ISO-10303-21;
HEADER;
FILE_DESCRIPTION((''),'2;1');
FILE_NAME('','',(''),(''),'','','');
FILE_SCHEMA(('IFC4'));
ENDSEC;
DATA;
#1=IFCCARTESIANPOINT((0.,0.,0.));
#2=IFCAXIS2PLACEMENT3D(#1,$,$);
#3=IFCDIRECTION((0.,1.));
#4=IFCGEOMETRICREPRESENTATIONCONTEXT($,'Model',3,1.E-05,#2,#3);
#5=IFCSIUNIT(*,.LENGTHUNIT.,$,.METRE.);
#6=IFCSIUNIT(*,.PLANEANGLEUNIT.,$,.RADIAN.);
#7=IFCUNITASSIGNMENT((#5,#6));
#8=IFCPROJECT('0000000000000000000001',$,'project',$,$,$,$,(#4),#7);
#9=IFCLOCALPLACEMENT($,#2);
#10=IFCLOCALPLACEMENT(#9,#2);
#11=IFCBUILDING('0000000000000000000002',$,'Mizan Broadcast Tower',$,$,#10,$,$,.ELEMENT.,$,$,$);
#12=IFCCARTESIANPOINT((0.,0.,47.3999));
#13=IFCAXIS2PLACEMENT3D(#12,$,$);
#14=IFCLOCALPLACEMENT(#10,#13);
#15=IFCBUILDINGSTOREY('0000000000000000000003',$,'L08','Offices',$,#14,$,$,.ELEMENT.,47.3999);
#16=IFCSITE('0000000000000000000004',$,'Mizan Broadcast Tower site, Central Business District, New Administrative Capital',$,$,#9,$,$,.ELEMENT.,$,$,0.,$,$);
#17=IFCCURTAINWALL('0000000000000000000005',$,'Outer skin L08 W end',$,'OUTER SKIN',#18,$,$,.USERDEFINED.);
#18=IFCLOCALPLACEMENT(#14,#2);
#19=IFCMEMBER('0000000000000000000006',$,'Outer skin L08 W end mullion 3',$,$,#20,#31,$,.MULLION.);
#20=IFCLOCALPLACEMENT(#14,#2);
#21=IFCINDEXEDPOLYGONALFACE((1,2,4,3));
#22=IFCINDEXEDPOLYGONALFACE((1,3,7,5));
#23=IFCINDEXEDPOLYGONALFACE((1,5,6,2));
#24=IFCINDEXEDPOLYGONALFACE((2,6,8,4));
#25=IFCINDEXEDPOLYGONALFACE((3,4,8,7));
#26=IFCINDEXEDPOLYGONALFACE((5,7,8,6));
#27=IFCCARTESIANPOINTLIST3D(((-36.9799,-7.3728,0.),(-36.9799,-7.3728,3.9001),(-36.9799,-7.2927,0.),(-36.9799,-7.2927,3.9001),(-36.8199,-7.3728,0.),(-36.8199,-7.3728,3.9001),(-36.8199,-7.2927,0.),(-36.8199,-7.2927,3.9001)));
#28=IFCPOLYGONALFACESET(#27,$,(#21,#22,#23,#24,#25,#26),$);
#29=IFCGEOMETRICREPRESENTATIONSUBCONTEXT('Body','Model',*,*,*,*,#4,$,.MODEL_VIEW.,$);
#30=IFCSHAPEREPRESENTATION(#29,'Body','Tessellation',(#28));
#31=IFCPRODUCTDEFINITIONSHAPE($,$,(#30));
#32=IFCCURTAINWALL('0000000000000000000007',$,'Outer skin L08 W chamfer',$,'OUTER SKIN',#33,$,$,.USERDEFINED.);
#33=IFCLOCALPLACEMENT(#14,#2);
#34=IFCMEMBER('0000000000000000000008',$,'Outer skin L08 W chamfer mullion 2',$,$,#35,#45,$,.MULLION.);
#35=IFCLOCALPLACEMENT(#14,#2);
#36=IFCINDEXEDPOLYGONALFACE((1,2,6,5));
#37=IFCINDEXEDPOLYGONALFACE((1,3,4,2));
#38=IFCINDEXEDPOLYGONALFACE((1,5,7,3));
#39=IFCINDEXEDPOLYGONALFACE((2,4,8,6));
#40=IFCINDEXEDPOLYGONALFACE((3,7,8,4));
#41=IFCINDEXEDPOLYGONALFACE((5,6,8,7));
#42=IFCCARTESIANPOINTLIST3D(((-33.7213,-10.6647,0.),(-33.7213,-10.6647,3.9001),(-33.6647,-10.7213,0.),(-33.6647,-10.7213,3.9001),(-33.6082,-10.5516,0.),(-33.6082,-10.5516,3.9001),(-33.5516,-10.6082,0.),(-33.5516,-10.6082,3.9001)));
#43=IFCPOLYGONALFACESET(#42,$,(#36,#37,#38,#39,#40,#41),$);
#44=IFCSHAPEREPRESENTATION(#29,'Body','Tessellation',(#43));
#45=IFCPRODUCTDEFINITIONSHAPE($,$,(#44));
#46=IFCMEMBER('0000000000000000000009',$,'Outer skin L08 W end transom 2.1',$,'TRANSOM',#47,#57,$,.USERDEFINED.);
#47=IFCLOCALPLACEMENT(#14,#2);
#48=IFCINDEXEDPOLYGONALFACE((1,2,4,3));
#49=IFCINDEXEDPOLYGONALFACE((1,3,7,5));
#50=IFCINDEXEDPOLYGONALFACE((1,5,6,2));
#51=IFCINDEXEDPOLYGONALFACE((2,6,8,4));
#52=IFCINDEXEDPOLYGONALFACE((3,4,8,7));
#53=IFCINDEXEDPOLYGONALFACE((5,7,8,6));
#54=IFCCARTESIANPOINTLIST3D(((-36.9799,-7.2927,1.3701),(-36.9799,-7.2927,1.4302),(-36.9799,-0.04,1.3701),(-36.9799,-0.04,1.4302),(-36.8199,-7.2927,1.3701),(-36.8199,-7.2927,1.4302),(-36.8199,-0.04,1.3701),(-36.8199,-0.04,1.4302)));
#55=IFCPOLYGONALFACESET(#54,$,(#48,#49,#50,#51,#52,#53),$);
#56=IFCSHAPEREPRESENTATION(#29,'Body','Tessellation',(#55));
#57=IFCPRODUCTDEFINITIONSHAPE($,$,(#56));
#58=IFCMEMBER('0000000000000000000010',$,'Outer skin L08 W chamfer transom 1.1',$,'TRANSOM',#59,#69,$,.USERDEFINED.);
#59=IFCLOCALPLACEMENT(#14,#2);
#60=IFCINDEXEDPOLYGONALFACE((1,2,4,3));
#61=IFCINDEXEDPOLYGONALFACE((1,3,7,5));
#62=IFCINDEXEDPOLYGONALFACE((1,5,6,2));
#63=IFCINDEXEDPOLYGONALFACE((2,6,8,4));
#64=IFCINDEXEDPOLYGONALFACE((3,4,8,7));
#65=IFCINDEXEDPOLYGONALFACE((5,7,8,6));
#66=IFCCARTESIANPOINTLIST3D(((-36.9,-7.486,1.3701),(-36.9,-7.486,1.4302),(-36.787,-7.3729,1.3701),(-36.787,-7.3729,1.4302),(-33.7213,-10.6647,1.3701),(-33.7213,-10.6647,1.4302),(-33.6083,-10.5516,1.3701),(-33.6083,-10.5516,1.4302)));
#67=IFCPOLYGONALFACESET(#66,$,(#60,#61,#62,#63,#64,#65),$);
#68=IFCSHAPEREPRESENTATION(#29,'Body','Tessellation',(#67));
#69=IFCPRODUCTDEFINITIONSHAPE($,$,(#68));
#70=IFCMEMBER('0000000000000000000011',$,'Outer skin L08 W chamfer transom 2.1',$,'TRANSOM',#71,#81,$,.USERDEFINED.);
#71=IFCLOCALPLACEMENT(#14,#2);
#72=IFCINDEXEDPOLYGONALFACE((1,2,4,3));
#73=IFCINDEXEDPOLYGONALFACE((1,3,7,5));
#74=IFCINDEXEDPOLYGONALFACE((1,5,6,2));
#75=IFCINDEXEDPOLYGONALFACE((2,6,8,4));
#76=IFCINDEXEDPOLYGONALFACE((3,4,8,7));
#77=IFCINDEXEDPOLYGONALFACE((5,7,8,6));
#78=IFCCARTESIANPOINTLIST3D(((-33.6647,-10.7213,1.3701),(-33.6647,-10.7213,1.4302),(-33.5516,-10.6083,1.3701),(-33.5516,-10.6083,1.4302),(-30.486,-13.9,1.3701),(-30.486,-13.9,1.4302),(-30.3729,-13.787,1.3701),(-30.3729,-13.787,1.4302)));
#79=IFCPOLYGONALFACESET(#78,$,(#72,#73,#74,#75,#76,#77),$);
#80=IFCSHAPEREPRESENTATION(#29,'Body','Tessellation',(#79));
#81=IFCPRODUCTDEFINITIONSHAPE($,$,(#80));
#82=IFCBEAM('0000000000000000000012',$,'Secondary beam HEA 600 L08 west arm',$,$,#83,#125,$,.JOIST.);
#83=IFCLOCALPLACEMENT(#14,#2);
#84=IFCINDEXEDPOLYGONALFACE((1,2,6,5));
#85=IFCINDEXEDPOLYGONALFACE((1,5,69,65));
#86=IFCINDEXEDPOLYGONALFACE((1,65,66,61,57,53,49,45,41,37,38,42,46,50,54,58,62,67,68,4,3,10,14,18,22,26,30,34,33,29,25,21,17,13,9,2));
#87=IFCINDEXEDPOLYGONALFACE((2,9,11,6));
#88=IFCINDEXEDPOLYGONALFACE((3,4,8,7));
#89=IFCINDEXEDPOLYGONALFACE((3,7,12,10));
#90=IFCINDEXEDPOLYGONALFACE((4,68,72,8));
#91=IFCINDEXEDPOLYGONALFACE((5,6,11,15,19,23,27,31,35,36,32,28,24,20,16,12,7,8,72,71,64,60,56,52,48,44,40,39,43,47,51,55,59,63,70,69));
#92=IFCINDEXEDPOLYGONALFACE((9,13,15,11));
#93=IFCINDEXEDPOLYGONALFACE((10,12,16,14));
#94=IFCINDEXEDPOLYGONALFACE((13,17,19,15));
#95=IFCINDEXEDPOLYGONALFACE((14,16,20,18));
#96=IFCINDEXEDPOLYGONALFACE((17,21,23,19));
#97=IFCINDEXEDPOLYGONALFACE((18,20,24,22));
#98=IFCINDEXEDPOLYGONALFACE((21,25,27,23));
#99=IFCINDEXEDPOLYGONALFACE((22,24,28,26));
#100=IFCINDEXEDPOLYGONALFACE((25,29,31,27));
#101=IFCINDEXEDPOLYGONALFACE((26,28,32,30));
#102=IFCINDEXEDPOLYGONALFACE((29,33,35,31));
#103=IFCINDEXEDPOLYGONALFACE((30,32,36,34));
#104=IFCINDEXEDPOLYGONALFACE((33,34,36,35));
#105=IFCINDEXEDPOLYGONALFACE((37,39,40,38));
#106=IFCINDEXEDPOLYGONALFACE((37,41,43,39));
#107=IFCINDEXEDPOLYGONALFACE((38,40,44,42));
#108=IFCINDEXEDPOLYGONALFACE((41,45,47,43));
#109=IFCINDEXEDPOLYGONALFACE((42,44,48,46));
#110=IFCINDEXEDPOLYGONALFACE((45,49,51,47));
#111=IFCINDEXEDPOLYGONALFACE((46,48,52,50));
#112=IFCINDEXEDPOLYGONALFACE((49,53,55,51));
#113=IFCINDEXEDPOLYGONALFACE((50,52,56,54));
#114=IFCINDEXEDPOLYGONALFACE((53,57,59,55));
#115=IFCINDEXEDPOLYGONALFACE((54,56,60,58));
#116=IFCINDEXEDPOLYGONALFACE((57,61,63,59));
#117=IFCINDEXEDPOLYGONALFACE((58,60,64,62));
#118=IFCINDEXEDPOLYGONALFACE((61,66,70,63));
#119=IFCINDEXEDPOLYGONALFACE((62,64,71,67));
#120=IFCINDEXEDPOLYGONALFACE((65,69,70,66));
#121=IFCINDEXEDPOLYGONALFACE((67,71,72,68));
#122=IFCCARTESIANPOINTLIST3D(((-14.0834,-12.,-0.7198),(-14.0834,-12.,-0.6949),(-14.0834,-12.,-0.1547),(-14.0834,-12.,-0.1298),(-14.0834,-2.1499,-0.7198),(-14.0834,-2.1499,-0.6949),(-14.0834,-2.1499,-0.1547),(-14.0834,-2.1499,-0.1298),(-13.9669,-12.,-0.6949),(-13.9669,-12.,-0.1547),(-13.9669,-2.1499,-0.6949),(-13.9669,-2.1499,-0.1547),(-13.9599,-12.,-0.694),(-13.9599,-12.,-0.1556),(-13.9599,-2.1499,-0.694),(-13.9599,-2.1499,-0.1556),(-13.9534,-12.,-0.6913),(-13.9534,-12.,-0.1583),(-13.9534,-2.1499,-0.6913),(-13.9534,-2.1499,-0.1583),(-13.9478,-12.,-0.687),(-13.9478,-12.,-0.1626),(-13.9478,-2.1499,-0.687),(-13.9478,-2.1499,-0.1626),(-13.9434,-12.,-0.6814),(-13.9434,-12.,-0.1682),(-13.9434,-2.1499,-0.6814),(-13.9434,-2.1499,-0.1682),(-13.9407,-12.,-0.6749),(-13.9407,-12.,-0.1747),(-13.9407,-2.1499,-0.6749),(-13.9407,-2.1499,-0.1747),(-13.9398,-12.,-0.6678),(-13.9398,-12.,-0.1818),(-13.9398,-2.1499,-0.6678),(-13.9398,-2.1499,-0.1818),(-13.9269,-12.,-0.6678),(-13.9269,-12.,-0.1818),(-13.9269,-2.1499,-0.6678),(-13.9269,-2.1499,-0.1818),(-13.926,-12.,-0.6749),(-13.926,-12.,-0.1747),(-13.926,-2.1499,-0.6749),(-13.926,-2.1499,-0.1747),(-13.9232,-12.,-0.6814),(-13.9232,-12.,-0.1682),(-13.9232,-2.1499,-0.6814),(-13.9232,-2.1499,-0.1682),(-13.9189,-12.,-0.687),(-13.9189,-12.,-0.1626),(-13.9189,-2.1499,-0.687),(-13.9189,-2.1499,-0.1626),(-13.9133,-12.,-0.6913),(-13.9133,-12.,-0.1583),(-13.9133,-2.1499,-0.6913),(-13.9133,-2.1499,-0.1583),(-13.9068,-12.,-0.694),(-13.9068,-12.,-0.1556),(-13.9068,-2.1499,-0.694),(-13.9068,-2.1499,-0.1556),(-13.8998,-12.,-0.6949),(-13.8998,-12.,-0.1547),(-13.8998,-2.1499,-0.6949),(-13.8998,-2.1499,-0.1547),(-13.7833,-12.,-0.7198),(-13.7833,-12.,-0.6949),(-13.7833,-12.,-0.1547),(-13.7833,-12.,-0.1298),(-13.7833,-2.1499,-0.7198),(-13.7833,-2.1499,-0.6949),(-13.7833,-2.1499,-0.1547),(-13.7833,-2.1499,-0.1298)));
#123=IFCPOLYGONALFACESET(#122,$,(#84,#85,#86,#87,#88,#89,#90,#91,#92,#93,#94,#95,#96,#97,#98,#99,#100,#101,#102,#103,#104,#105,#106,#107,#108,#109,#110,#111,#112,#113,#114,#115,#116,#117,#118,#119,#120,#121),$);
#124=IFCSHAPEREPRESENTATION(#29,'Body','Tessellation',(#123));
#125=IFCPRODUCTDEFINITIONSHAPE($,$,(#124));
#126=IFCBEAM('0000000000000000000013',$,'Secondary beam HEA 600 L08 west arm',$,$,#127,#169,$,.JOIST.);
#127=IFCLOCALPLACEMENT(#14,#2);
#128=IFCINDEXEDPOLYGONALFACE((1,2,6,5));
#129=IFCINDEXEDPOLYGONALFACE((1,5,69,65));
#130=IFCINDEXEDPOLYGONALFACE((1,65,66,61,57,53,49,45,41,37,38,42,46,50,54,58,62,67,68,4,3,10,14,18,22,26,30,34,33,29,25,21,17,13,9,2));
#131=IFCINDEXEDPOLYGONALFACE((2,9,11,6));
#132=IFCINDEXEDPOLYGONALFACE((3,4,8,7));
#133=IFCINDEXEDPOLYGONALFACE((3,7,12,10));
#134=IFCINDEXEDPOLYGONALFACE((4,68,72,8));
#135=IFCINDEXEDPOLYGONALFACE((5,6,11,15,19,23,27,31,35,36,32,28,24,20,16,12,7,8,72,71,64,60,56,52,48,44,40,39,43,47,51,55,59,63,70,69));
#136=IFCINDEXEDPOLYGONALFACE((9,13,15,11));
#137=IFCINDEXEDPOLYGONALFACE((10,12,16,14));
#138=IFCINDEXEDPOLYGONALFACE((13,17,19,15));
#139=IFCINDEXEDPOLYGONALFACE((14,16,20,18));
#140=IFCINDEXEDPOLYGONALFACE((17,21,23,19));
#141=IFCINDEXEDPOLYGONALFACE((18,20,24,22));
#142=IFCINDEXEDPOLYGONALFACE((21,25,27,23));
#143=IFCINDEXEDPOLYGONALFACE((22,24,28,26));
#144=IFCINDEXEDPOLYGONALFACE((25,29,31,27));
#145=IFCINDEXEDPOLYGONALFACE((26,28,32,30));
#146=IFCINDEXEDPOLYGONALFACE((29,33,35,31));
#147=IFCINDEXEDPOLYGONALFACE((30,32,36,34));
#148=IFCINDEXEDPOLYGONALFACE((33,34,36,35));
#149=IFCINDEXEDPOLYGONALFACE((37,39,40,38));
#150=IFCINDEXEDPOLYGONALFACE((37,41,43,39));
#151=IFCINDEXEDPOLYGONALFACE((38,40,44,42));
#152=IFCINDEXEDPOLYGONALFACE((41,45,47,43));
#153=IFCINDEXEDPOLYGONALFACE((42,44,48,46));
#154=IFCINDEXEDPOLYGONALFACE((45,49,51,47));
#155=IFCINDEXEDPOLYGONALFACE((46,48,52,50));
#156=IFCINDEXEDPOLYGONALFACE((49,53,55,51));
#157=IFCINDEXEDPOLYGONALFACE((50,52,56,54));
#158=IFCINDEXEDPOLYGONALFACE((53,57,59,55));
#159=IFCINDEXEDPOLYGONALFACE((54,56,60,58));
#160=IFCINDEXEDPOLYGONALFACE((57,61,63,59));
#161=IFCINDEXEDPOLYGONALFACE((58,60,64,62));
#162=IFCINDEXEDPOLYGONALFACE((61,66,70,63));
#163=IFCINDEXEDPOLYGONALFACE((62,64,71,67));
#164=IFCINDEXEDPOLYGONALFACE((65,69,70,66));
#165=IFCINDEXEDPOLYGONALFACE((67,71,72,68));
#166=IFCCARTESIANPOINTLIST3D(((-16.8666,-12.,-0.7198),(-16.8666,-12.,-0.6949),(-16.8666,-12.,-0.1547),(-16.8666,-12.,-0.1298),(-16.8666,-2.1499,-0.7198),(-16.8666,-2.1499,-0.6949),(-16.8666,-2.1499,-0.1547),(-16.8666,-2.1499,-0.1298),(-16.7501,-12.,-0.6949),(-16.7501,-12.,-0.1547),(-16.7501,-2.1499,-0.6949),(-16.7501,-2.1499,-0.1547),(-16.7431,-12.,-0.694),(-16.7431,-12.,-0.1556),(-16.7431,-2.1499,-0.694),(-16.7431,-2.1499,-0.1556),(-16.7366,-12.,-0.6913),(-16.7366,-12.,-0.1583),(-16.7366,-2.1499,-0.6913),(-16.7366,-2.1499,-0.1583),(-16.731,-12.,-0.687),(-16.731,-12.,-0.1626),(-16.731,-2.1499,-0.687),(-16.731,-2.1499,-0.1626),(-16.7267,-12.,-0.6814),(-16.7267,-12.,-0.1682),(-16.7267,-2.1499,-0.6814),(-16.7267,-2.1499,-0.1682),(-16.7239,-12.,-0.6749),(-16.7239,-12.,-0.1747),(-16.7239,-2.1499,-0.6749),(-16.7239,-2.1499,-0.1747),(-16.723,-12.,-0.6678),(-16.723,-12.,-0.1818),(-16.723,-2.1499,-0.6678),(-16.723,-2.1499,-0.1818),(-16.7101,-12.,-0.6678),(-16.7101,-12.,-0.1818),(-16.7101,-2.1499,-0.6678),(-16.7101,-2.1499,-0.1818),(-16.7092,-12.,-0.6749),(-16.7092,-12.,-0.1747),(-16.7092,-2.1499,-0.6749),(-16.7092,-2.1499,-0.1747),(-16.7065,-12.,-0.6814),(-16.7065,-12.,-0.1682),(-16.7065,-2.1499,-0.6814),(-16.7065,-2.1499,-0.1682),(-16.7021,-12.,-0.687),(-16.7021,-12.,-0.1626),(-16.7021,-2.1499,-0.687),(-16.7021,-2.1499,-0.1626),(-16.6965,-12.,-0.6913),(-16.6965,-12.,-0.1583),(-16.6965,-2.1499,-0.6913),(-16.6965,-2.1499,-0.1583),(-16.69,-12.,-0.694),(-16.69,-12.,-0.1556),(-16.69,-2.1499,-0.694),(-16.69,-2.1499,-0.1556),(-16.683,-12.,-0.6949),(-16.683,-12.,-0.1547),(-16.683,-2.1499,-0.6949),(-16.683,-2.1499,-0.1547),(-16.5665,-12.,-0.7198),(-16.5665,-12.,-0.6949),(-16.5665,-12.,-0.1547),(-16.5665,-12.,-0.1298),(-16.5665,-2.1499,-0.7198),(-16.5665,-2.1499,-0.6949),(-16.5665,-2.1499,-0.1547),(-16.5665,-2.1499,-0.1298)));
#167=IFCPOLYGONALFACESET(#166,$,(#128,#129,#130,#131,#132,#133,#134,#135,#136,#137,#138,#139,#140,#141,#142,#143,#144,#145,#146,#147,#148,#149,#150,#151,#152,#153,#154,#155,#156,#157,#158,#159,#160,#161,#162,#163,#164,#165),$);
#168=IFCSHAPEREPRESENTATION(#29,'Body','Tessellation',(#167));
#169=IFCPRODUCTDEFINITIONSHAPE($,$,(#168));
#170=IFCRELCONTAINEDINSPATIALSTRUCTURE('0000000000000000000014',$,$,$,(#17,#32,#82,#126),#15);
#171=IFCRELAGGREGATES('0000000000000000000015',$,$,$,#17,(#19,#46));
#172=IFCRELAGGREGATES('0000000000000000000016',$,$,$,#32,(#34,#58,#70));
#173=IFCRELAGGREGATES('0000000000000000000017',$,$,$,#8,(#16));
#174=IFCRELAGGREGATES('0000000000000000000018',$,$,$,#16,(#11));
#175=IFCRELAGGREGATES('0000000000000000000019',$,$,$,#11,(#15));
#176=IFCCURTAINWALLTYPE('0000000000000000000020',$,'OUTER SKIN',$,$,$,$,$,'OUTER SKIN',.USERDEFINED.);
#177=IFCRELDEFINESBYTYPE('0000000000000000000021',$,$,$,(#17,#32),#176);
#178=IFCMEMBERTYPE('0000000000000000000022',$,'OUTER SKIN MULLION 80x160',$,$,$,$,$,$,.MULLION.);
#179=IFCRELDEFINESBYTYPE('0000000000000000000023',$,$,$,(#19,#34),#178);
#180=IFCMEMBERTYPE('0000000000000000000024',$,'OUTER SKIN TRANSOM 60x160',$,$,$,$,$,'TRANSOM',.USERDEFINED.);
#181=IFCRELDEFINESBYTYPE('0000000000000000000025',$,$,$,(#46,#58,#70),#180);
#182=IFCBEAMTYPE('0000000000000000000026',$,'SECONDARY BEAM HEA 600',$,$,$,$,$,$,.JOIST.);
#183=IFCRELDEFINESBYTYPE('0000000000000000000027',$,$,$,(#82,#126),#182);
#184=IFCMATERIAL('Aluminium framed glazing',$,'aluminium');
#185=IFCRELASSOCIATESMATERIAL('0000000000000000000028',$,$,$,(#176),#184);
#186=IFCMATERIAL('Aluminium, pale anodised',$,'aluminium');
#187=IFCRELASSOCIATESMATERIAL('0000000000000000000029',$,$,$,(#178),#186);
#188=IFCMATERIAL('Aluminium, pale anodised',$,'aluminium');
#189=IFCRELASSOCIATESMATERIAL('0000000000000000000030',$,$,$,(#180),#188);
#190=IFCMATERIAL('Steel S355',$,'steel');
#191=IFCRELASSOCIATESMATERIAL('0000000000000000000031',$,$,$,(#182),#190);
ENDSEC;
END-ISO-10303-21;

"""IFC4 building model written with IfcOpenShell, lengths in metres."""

from ifc_helpers import new_model, si_unit, direction, frame, origin, origin_2d, place, context, subcontext, project, spatial, rectangle, i_section, extrude, material, material_profile, profile_set, type_object, element, aggregate, save


model = new_model("IFC4")

# Units and contexts
model_context = context("Model", 3, precision=1e-05, world=origin(), true_north=direction((0.0, 1.0)))
body_context = subcontext(model_context, "Body", "Model", "MODEL_VIEW")
ifc_project = project(units=[si_unit("LENGTHUNIT", "METRE"), si_unit("PLANEANGLEUNIT", "RADIAN")], contexts=[model_context])

# Site, building, storey
site_placement = place(None, origin())
site = spatial("IfcSite", under=ifc_project, at=site_placement, Name="Mizan Broadcast Tower site, Central Business District, New Administrative Capital", CompositionType="ELEMENT", RefElevation=0.0)
building_placement = place(site_placement, origin())
building = spatial("IfcBuilding", under=site, at=building_placement, Name="Mizan Broadcast Tower", CompositionType="ELEMENT")
storey_placement = place(building_placement, frame((0.0, 0.0, 47.3999)))
storey = spatial("IfcBuildingStorey", under=building, at=storey_placement, Name="L08", Description="Offices", CompositionType="ELEMENT", Elevation=47.3999)

# Curtain walls, members
ifc_material_1 = material(Name="Aluminium framed glazing", Category="aluminium")
curtain_wall_type_1 = type_object("IfcCurtainWallType", Name="OUTER SKIN", ElementType="OUTER SKIN", PredefinedType="USERDEFINED", material=ifc_material_1)
curtain_wall_1_placement = place(storey_placement, origin())
curtain_wall_1 = element("IfcCurtainWall", 1, at=curtain_wall_1_placement, inside=storey, type_object=curtain_wall_type_1, Name="Outer skin L08 W end", ObjectType="OUTER SKIN", PredefinedType="USERDEFINED")
ifc_material_2 = material(Name="Aluminium, pale anodised", Category="aluminium")
ifc_material_profile_1 = material_profile(ifc_material_2, rectangle(XDim=0.1599, YDim=0.0801, at=origin_2d()), Name="MULLION 160x80")
ifc_profile_set_1 = profile_set([ifc_material_profile_1], Name="Aluminium, pale anodised")
member_type_1 = type_object("IfcMemberType", Name="OUTER SKIN MULLION 80x160", PredefinedType="MULLION", material=ifc_profile_set_1)
member_1_placement = place(storey_placement, frame((-36.8999, -7.3328, 0.0), z_axis=(0.0, 0.0, 1.0), x_axis=(1.0, 0.0, 0.0)))
member_1 = element("IfcMember", 2, at=member_1_placement, type_object=member_type_1, Name="Outer skin L08 W end mullion 3", PredefinedType="MULLION", context=body_context, shape_type="SweptSolid", body=[
    extrude(rectangle(XDim=0.1599, YDim=0.0801, at=origin_2d()), origin(), (0.0, 0.0, 1.0), 3.9001),
])
curtain_wall_2_placement = place(storey_placement, origin())
curtain_wall_2 = element("IfcCurtainWall", 3, at=curtain_wall_2_placement, inside=storey, type_object=curtain_wall_type_1, Name="Outer skin L08 W chamfer", ObjectType="OUTER SKIN", PredefinedType="USERDEFINED")
member_2_placement = place(storey_placement, frame((-33.6365, -10.6365, 0.0), z_axis=(0.0, 0.0, 1.0), x_axis=(0.707107, 0.707107, 0.0)))
member_2 = element("IfcMember", 4, at=member_2_placement, type_object=member_type_1, Name="Outer skin L08 W chamfer mullion 2", PredefinedType="MULLION", context=body_context, shape_type="SweptSolid", body=[
    extrude(rectangle(XDim=0.1599, YDim=0.0801, at=origin_2d()), origin(), (0.0, 0.0, 1.0), 3.9001),
])

# Members
ifc_material_3 = material(Name="Aluminium, pale anodised", Category="aluminium")
ifc_material_profile_2 = material_profile(ifc_material_3, rectangle(XDim=0.1599, YDim=0.0601, at=origin_2d()), Name="TRANSOM 160x60")
ifc_profile_set_2 = profile_set([ifc_material_profile_2], Name="Aluminium, pale anodised")
member_type_2 = type_object("IfcMemberType", Name="OUTER SKIN TRANSOM 60x160", ElementType="TRANSOM", PredefinedType="USERDEFINED", material=ifc_profile_set_2)
member_3_placement = place(storey_placement, frame((-36.8999, -0.04, 1.4001), z_axis=(0.0, -1.0, 0.0), x_axis=(1.0, 0.0, 0.0)))
member_3 = element("IfcMember", 5, at=member_3_placement, type_object=member_type_2, Name="Outer skin L08 W end transom 2.1", ObjectType="TRANSOM", PredefinedType="USERDEFINED", context=body_context, shape_type="SweptSolid", body=[
    extrude(rectangle(XDim=0.1599, YDim=0.0601, at=origin_2d()), origin(), (0.0, 0.0, 1.0), 7.2527),
])
member_4_placement = place(storey_placement, frame((-36.8435, -7.4294, 1.4001), z_axis=(0.707107, -0.707107, 0.0), x_axis=(0.707107, 0.707107, 0.0)))
member_4 = element("IfcMember", 6, at=member_4_placement, type_object=member_type_2, Name="Outer skin L08 W chamfer transom 1.1", ObjectType="TRANSOM", PredefinedType="USERDEFINED", context=body_context, shape_type="SweptSolid", body=[
    extrude(rectangle(XDim=0.1599, YDim=0.0601, at=origin_2d()), origin(), (0.0, 0.0, 1.0), 4.4954),
])
member_5_placement = place(storey_placement, frame((-33.6082, -10.6648, 1.4001), z_axis=(0.707107, -0.707107, 0.0), x_axis=(0.707107, 0.707107, 0.0)))
member_5 = element("IfcMember", 7, at=member_5_placement, type_object=member_type_2, Name="Outer skin L08 W chamfer transom 2.1", ObjectType="TRANSOM", PredefinedType="USERDEFINED", context=body_context, shape_type="SweptSolid", body=[
    extrude(rectangle(XDim=0.1599, YDim=0.0601, at=origin_2d()), origin(), (0.0, 0.0, 1.0), 4.4954),
])

# Beams
ifc_material_4 = material(Name="Steel S355", Category="steel")
ifc_material_profile_3 = material_profile(ifc_material_4, i_section(OverallWidth=0.3, OverallDepth=0.5901, WebThickness=0.0129, FlangeThickness=0.0249, FilletRadius=0.0271, at=origin_2d()), Name="HEA 600")
ifc_profile_set_3 = profile_set([ifc_material_profile_3], Name="Steel S355")
beam_type_1 = type_object("IfcBeamType", Name="SECONDARY BEAM HEA 600", PredefinedType="JOIST", material=ifc_profile_set_3)
for number, where, z_axis, x_axis, name in (
    (8, (-13.9333, -12.0, -0.4248), (0.0, 1.0, 0.0), (-1.0, 0.0, 0.0), "Secondary beam HEA 600 L08 west arm"),
    (9, (-16.7166, -12.0, -0.4248), (0.0, 1.0, 0.0), (-1.0, 0.0, 0.0), "Secondary beam HEA 600 L08 west arm"),
):
    element("IfcBeam", number, at=place(storey_placement, frame(where, z_axis=z_axis, x_axis=x_axis)), inside=storey, type_object=beam_type_1, Name=name, PredefinedType="JOIST", context=body_context, shape_type="SweptSolid", body=[
        extrude(i_section(OverallWidth=0.3, OverallDepth=0.5901, WebThickness=0.0129, FlangeThickness=0.0249, FilletRadius=0.0271, at=origin_2d()), origin(), (0.0, 0.0, 1.0), 9.8501),
    ])

aggregate(curtain_wall_1, [member_1, member_3])
aggregate(curtain_wall_2, [member_2, member_4, member_5])

save(model, "model.ifc")
